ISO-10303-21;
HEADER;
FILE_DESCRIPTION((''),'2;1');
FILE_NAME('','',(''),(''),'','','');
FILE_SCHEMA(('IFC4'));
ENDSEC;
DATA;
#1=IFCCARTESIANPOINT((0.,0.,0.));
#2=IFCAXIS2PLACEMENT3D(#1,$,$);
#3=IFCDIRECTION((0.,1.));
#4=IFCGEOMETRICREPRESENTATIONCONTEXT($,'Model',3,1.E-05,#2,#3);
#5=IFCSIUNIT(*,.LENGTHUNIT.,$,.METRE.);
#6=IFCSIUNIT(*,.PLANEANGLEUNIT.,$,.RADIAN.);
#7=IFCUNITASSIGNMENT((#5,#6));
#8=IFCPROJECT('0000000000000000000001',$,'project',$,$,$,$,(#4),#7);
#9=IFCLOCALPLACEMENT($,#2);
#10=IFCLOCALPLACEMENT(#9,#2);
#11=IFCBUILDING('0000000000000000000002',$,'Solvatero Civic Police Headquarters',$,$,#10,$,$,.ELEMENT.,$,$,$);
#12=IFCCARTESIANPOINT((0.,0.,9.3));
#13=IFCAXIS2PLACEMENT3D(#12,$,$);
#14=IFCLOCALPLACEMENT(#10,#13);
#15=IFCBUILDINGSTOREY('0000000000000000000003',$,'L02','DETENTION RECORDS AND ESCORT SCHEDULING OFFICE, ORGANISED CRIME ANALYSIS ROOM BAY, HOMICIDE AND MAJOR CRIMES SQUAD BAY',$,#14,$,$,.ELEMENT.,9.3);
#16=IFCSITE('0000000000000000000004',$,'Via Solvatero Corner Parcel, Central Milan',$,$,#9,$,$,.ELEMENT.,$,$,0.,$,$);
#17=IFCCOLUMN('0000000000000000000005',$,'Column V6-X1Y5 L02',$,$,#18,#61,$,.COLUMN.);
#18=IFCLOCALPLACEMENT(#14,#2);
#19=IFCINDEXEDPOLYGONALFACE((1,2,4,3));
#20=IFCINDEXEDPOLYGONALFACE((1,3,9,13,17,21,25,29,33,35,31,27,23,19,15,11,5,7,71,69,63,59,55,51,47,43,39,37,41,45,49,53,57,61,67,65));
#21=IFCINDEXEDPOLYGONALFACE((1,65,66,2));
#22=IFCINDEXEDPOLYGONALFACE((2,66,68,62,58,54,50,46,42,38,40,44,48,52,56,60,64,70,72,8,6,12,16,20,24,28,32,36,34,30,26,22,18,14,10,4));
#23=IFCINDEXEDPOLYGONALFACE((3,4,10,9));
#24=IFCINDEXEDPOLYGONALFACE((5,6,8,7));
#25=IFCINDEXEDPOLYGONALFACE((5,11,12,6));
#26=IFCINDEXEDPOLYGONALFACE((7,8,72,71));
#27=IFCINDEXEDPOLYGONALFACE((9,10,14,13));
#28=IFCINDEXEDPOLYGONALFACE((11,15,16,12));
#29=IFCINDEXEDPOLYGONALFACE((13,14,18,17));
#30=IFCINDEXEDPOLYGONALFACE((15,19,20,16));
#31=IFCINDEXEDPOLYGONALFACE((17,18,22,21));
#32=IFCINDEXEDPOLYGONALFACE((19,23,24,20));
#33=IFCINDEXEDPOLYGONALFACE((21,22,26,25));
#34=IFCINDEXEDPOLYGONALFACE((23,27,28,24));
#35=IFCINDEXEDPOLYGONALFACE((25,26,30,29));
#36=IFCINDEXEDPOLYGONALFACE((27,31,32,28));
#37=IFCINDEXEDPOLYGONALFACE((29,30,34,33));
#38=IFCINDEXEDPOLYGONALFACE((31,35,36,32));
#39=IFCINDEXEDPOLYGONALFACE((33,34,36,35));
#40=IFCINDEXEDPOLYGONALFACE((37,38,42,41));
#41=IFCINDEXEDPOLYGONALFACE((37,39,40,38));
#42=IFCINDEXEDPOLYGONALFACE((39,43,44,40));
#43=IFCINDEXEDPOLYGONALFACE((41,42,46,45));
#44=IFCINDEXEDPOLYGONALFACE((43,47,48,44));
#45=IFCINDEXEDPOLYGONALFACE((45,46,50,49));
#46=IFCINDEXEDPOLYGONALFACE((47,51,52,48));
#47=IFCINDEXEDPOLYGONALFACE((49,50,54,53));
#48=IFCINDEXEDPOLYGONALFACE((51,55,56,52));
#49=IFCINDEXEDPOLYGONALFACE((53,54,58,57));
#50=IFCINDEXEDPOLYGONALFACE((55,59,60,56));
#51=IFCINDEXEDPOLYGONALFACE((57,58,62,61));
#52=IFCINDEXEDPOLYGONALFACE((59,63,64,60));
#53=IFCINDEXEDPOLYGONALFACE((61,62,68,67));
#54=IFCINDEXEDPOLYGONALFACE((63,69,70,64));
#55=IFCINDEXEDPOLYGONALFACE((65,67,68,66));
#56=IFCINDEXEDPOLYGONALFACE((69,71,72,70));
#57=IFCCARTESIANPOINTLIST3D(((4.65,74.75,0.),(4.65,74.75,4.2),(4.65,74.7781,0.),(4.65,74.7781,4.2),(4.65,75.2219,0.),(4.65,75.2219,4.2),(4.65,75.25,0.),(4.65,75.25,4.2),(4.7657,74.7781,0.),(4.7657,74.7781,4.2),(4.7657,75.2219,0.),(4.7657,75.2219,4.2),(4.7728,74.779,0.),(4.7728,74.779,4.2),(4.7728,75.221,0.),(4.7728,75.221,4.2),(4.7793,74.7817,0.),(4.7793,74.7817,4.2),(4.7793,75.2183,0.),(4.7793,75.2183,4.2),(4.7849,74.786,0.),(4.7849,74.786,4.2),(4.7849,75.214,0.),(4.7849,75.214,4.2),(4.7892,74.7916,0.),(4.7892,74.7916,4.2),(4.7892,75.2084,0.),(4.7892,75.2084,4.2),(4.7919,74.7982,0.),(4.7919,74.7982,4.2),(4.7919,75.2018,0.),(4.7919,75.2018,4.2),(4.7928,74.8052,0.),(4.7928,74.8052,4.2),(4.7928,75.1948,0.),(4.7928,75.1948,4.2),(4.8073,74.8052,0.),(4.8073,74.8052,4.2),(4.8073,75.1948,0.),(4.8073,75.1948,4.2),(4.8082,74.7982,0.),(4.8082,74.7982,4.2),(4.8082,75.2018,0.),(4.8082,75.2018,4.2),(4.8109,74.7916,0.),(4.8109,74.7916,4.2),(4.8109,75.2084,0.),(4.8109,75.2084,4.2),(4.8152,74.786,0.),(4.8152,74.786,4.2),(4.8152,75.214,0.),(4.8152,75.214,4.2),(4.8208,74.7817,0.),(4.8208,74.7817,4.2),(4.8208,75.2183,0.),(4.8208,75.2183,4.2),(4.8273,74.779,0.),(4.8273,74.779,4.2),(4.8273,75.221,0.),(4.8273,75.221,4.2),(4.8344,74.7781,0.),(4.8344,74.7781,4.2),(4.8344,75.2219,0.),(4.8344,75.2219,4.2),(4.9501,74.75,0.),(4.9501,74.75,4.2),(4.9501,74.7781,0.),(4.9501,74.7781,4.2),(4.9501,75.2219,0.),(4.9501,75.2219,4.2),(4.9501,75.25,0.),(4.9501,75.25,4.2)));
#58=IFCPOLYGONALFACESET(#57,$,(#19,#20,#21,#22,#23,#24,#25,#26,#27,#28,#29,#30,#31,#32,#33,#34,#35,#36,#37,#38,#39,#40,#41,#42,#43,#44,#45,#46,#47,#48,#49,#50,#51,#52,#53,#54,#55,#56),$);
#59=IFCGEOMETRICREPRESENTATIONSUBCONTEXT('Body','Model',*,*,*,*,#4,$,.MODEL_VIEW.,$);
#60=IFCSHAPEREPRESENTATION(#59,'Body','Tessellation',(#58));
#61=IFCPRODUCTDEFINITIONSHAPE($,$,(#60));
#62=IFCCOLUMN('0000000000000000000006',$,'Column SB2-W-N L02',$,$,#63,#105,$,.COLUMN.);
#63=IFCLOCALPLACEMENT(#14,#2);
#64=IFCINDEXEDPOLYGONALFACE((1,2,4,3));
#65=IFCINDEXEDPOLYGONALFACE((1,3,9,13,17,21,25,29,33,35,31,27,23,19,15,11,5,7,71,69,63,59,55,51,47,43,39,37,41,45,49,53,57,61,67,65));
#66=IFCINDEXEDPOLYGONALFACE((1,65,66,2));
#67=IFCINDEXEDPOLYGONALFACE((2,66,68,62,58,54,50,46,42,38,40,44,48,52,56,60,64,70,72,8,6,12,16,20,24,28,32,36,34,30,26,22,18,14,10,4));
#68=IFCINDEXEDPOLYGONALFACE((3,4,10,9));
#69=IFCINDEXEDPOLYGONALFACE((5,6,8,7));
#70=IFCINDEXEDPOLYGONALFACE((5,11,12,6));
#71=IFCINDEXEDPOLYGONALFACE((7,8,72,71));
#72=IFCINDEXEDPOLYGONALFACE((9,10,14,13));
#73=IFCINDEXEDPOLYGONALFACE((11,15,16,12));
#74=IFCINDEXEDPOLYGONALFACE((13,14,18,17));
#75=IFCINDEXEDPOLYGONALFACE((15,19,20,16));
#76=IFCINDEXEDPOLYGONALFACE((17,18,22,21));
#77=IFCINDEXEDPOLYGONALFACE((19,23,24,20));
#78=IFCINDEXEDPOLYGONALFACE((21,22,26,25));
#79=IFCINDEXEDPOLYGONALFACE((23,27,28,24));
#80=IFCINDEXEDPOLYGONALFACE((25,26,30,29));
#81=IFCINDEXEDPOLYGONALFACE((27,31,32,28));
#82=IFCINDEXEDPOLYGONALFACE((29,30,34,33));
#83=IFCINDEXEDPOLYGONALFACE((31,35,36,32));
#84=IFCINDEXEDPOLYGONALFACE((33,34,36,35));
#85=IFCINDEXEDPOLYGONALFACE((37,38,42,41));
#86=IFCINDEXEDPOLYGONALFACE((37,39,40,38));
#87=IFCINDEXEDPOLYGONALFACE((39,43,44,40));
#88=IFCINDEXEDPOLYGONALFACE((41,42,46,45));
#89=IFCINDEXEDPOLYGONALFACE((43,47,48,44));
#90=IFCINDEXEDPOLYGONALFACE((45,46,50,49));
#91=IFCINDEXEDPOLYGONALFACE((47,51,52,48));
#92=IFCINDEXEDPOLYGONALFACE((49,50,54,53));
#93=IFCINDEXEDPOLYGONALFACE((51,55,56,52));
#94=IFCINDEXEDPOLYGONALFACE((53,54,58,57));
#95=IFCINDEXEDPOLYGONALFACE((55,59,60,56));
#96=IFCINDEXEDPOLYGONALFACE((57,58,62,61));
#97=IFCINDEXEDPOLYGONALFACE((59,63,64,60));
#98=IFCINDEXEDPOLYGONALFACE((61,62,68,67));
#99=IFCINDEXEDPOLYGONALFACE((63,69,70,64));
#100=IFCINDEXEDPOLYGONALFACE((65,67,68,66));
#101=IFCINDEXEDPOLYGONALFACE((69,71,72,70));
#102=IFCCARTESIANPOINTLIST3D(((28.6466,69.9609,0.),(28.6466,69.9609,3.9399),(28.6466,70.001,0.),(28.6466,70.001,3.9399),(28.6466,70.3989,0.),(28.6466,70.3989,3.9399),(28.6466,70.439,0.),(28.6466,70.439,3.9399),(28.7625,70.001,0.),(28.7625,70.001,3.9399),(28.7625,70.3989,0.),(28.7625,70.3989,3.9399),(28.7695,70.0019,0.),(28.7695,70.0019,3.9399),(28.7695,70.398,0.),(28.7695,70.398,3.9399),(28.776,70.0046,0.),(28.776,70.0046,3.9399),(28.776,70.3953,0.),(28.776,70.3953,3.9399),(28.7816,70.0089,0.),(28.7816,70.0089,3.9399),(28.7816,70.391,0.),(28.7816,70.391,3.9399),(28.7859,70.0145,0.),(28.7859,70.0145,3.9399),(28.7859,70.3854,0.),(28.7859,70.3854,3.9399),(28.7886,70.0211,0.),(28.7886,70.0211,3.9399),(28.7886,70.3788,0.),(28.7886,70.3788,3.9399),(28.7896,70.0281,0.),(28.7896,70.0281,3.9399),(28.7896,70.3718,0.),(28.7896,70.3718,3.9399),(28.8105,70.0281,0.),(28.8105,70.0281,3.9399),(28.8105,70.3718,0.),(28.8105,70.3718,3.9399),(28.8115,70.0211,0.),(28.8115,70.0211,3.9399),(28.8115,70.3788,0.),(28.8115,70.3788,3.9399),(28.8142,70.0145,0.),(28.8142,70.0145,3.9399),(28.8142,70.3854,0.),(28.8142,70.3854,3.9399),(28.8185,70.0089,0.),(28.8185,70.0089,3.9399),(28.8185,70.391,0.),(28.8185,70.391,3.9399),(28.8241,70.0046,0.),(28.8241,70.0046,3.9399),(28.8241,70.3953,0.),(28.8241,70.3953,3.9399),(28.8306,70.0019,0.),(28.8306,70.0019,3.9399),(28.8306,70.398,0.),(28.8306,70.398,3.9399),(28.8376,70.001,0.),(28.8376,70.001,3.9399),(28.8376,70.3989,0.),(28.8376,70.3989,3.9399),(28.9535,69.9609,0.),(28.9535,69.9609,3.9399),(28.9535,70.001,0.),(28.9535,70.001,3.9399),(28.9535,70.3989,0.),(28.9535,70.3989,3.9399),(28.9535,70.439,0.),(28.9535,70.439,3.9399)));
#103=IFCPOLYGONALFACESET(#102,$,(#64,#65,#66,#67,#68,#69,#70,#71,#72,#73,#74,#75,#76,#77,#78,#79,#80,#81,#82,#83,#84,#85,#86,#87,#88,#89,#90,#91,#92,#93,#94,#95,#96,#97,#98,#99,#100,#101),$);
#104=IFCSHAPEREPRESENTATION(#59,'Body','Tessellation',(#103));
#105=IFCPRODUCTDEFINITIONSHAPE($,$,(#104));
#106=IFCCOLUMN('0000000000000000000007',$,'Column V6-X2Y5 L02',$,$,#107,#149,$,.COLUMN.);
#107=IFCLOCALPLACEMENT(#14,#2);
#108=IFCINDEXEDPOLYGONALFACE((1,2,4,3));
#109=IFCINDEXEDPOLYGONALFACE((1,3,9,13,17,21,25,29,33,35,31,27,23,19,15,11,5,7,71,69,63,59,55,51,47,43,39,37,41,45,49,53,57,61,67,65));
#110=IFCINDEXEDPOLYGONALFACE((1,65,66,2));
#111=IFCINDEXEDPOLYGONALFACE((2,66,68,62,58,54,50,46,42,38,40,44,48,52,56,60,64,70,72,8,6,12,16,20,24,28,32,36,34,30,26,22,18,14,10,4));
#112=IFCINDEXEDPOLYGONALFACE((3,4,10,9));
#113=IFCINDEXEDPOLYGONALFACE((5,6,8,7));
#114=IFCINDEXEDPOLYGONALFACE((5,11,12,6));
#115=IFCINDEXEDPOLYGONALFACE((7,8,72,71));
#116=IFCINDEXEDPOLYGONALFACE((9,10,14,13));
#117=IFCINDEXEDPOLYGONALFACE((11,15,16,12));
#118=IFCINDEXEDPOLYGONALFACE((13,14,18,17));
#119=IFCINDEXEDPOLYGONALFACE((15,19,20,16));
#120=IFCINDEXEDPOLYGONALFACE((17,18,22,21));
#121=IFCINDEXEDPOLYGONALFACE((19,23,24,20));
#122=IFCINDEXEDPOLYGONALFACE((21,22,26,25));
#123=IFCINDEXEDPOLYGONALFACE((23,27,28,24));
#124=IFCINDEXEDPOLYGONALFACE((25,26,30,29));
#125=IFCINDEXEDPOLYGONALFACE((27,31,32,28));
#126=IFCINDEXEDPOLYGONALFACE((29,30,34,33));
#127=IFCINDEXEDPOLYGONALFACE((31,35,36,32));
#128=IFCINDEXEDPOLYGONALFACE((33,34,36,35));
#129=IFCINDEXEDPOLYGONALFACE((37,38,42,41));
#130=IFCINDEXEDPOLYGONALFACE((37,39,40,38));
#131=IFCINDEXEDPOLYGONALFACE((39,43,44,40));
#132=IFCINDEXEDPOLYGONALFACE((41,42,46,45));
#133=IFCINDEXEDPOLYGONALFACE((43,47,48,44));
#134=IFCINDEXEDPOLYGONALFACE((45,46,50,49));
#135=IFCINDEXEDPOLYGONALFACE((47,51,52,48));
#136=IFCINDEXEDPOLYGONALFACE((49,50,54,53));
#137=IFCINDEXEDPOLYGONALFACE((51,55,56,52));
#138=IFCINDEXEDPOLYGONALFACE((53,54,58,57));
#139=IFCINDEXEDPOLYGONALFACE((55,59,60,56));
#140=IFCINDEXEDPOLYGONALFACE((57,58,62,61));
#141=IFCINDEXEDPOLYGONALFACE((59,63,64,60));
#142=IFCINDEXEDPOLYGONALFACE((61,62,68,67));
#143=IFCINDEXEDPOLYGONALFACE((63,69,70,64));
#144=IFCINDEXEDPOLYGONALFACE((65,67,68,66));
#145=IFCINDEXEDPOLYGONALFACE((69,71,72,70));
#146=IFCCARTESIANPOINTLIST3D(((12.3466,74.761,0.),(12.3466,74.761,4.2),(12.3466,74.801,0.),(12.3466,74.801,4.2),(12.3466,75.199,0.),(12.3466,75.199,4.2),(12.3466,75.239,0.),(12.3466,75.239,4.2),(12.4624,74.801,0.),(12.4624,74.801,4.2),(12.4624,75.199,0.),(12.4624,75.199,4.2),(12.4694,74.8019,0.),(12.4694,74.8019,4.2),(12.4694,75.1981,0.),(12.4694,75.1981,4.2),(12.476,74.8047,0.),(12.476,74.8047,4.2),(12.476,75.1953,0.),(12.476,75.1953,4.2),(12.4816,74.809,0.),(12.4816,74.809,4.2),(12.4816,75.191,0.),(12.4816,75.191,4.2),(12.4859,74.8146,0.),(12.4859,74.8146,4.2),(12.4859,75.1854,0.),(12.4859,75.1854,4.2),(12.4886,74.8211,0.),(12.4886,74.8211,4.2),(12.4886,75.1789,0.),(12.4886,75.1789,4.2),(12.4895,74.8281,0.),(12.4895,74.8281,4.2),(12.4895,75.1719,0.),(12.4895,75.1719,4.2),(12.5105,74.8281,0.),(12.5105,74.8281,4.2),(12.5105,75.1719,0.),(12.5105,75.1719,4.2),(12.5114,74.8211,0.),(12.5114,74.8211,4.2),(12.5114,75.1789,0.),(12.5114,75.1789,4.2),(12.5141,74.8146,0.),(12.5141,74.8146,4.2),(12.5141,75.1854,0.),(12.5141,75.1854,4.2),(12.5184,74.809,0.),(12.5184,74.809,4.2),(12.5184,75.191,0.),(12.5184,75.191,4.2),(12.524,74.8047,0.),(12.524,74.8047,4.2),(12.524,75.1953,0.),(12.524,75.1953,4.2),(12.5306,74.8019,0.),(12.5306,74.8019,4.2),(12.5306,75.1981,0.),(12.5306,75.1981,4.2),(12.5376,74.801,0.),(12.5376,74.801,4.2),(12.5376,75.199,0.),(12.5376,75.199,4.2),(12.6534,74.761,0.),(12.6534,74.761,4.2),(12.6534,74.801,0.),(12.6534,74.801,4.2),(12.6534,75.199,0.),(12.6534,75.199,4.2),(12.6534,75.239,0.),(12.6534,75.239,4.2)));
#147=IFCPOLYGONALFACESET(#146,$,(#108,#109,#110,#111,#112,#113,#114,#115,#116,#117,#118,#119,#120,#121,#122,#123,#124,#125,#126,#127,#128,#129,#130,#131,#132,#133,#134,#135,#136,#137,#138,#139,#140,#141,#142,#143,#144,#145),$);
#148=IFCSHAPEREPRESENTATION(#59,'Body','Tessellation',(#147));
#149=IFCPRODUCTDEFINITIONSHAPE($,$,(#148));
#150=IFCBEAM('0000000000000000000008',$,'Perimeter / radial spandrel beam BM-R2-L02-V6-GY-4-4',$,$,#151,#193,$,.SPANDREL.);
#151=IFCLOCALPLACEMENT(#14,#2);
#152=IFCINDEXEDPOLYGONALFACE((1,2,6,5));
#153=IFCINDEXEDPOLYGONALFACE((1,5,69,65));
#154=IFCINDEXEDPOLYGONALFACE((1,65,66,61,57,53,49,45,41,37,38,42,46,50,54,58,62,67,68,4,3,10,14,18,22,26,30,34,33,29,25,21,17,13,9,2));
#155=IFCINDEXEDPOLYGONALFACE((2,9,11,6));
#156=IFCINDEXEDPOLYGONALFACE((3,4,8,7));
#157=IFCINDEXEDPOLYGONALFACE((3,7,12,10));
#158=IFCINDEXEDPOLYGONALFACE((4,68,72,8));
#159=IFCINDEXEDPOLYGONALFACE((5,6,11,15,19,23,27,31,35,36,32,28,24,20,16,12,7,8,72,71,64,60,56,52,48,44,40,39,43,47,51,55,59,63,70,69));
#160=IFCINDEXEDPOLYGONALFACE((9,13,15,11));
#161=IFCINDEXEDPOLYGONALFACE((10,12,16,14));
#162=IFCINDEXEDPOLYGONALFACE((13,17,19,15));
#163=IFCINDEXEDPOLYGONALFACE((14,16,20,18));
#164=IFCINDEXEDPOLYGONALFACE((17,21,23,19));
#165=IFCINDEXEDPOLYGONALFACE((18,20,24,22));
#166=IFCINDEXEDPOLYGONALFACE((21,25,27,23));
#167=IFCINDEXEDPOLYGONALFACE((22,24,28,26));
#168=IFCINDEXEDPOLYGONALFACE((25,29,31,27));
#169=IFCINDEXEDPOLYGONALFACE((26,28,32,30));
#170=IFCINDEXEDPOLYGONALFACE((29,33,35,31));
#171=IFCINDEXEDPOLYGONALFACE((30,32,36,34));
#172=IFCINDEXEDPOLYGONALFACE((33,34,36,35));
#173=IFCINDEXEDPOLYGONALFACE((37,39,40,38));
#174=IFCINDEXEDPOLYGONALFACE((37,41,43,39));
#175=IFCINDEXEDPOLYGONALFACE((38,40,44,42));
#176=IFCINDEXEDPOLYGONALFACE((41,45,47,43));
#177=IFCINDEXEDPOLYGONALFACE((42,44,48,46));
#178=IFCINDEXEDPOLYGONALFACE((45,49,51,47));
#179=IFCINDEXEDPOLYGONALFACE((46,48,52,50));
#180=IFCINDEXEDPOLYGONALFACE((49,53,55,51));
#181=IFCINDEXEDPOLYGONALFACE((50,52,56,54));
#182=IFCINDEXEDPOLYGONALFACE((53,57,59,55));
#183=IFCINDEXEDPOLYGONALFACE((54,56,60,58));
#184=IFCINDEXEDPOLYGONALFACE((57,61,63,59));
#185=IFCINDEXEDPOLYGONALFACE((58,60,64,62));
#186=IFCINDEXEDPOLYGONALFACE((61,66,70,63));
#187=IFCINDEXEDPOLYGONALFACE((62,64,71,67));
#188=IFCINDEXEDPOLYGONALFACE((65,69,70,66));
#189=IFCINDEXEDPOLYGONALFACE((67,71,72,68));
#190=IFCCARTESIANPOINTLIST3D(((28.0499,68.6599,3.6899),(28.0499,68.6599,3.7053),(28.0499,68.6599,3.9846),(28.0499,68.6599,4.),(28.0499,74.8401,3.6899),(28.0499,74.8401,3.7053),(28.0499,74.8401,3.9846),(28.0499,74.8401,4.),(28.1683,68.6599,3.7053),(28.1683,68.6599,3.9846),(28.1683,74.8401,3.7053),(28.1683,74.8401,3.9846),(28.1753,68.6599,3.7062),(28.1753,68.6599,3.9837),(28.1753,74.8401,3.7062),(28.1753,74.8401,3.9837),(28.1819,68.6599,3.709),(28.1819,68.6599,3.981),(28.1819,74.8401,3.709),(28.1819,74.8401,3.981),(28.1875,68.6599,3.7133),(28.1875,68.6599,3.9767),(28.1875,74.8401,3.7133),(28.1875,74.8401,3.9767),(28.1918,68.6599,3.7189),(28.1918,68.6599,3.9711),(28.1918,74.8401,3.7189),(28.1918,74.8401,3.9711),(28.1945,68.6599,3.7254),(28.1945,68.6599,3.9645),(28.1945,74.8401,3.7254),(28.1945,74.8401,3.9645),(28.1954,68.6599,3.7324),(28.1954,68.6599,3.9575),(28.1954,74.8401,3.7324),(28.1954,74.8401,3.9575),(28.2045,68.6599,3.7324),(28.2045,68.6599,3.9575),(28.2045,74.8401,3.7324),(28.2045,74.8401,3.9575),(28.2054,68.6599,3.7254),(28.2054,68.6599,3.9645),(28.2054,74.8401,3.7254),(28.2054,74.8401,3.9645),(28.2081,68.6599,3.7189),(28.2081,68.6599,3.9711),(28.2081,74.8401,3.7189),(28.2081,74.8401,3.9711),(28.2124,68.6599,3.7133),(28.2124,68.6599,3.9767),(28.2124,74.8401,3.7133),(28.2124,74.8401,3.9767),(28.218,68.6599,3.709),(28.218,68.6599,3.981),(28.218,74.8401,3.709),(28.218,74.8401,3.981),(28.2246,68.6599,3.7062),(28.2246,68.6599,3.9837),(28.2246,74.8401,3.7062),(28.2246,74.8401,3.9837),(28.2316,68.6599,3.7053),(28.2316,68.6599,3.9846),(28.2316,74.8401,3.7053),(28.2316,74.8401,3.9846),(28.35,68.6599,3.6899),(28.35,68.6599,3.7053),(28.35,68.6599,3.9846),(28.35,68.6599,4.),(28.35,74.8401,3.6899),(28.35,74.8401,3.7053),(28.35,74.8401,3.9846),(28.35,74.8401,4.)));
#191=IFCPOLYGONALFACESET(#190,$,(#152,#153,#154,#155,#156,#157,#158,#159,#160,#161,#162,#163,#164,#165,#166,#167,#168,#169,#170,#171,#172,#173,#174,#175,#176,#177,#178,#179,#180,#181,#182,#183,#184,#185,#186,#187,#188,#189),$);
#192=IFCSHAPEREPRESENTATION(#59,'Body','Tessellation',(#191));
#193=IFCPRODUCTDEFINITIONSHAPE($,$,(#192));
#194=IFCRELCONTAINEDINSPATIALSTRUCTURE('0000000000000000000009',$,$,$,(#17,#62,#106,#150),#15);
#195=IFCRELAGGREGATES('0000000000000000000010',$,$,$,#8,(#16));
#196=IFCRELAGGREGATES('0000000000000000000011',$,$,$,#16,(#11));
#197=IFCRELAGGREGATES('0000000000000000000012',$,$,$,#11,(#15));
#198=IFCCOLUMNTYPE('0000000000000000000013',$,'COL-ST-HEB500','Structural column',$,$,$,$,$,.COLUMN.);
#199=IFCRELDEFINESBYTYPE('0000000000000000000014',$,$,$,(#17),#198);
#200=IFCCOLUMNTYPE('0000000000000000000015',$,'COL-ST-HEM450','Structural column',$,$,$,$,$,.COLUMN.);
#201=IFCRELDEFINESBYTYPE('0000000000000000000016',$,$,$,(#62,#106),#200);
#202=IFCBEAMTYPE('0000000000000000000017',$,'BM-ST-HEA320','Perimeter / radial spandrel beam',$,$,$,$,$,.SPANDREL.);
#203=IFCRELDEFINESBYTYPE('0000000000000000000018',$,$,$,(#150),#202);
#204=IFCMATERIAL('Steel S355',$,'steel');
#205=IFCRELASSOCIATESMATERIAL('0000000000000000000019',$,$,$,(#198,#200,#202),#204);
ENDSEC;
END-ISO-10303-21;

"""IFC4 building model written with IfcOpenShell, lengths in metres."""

from ifc_helpers import new_model, si_unit, direction, frame, origin, origin_2d, place, context, subcontext, project, spatial, i_section, extrude, material, material_profile, profile_set, type_object, element, save


model = new_model("IFC4")

# Units and contexts
model_context = context("Model", 3, precision=1e-05, world=origin(), true_north=direction((0.0, 1.0)))
body_context = subcontext(model_context, "Body", "Model", "MODEL_VIEW")
ifc_project = project(units=[si_unit("LENGTHUNIT", "METRE"), si_unit("PLANEANGLEUNIT", "RADIAN")], contexts=[model_context])

# Site, building, storey
site_placement = place(None, origin())
site = spatial("IfcSite", under=ifc_project, at=site_placement, Name="Via Solvatero Corner Parcel, Central Milan", CompositionType="ELEMENT", RefElevation=0.0)
building_placement = place(site_placement, origin())
building = spatial("IfcBuilding", under=site, at=building_placement, Name="Solvatero Civic Police Headquarters", CompositionType="ELEMENT")
storey_placement = place(building_placement, frame((0.0, 0.0, 9.3)))
storey = spatial("IfcBuildingStorey", under=building, at=storey_placement, Name="L02", Description="DETENTION RECORDS AND ESCORT SCHEDULING OFFICE, ORGANISED CRIME ANALYSIS ROOM BAY, HOMICIDE AND MAJOR CRIMES SQUAD BAY", CompositionType="ELEMENT", Elevation=9.3)

# Columns
ifc_material_1 = material(Name="Steel S355", Category="steel")
ifc_material_profile_1 = material_profile(ifc_material_1, i_section(OverallWidth=0.3, OverallDepth=0.5, WebThickness=0.0144, FlangeThickness=0.0281, FilletRadius=0.0271, at=origin_2d()), Name="HEB 500")
ifc_profile_set_1 = profile_set([ifc_material_profile_1], Name="Steel S355")
column_type_1 = type_object("IfcColumnType", Name="COL-ST-HEB500", Description="Structural column", PredefinedType="COLUMN", material=ifc_profile_set_1)
column_1_placement = place(storey_placement, frame((4.8, 75.0, 0.0), z_axis=(0.0, 0.0, 1.0), x_axis=(1.0, 0.0, 0.0)))
element("IfcColumn", 1, at=column_1_placement, inside=storey, type_object=column_type_1, Name="Column V6-X1Y5 L02", PredefinedType="COLUMN", context=body_context, shape_type="SweptSolid", body=[
    extrude(i_section(OverallWidth=0.3, OverallDepth=0.5, WebThickness=0.0144, FlangeThickness=0.0281, FilletRadius=0.0271, at=origin_2d()), origin(), (0.0, 0.0, 1.0), 4.2),
])
ifc_material_profile_2 = material_profile(ifc_material_1, i_section(OverallWidth=0.3069, OverallDepth=0.478, WebThickness=0.021, FlangeThickness=0.04, FilletRadius=0.0271, at=origin_2d()), Name="HEM 450")
ifc_profile_set_2 = profile_set([ifc_material_profile_2], Name="Steel S355")
column_type_2 = type_object("IfcColumnType", Name="COL-ST-HEM450", Description="Structural column", PredefinedType="COLUMN", material=ifc_profile_set_2)
column_2_placement = place(storey_placement, frame((28.8, 70.2, 0.0), z_axis=(0.0, 0.0, 1.0), x_axis=(1.0, 0.0, 0.0)))
element("IfcColumn", 2, at=column_2_placement, inside=storey, type_object=column_type_2, Name="Column SB2-W-N L02", PredefinedType="COLUMN", context=body_context, shape_type="SweptSolid", body=[
    extrude(i_section(OverallWidth=0.3069, OverallDepth=0.478, WebThickness=0.021, FlangeThickness=0.04, FilletRadius=0.0271, at=origin_2d()), origin(), (0.0, 0.0, 1.0), 3.9399),
])
column_3_placement = place(storey_placement, frame((12.5, 75.0, 0.0), z_axis=(0.0, 0.0, 1.0), x_axis=(1.0, 0.0, 0.0)))
element("IfcColumn", 3, at=column_3_placement, inside=storey, type_object=column_type_2, Name="Column V6-X2Y5 L02", PredefinedType="COLUMN", context=body_context, shape_type="SweptSolid", body=[
    extrude(i_section(OverallWidth=0.3069, OverallDepth=0.478, WebThickness=0.021, FlangeThickness=0.04, FilletRadius=0.0271, at=origin_2d()), origin(), (0.0, 0.0, 1.0), 4.2),
])

# Beam
ifc_material_profile_3 = material_profile(ifc_material_1, i_section(OverallWidth=0.3, OverallDepth=0.3101, WebThickness=0.009, FlangeThickness=0.0154, FilletRadius=0.0271, at=origin_2d()), Name="HEA 320")
ifc_profile_set_3 = profile_set([ifc_material_profile_3], Name="Steel S355")
beam_type_1 = type_object("IfcBeamType", Name="BM-ST-HEA320", Description="Perimeter / radial spandrel beam", PredefinedType="SPANDREL", material=ifc_profile_set_3)
beam_1_placement = place(storey_placement, frame((28.2, 68.6599, 3.845), z_axis=(0.0, 1.0, 0.0), x_axis=(-1.0, 0.0, 0.0)))
element("IfcBeam", 4, at=beam_1_placement, inside=storey, type_object=beam_type_1, Name="Perimeter / radial spandrel beam BM-R2-L02-V6-GY-4-4", PredefinedType="SPANDREL", context=body_context, shape_type="SweptSolid", body=[
    extrude(i_section(OverallWidth=0.3, OverallDepth=0.3101, WebThickness=0.009, FlangeThickness=0.0154, FilletRadius=0.0271, at=origin_2d()), origin(), (0.0, 0.0, 1.0), 6.1802),
])

save(model, "model.ifc")
